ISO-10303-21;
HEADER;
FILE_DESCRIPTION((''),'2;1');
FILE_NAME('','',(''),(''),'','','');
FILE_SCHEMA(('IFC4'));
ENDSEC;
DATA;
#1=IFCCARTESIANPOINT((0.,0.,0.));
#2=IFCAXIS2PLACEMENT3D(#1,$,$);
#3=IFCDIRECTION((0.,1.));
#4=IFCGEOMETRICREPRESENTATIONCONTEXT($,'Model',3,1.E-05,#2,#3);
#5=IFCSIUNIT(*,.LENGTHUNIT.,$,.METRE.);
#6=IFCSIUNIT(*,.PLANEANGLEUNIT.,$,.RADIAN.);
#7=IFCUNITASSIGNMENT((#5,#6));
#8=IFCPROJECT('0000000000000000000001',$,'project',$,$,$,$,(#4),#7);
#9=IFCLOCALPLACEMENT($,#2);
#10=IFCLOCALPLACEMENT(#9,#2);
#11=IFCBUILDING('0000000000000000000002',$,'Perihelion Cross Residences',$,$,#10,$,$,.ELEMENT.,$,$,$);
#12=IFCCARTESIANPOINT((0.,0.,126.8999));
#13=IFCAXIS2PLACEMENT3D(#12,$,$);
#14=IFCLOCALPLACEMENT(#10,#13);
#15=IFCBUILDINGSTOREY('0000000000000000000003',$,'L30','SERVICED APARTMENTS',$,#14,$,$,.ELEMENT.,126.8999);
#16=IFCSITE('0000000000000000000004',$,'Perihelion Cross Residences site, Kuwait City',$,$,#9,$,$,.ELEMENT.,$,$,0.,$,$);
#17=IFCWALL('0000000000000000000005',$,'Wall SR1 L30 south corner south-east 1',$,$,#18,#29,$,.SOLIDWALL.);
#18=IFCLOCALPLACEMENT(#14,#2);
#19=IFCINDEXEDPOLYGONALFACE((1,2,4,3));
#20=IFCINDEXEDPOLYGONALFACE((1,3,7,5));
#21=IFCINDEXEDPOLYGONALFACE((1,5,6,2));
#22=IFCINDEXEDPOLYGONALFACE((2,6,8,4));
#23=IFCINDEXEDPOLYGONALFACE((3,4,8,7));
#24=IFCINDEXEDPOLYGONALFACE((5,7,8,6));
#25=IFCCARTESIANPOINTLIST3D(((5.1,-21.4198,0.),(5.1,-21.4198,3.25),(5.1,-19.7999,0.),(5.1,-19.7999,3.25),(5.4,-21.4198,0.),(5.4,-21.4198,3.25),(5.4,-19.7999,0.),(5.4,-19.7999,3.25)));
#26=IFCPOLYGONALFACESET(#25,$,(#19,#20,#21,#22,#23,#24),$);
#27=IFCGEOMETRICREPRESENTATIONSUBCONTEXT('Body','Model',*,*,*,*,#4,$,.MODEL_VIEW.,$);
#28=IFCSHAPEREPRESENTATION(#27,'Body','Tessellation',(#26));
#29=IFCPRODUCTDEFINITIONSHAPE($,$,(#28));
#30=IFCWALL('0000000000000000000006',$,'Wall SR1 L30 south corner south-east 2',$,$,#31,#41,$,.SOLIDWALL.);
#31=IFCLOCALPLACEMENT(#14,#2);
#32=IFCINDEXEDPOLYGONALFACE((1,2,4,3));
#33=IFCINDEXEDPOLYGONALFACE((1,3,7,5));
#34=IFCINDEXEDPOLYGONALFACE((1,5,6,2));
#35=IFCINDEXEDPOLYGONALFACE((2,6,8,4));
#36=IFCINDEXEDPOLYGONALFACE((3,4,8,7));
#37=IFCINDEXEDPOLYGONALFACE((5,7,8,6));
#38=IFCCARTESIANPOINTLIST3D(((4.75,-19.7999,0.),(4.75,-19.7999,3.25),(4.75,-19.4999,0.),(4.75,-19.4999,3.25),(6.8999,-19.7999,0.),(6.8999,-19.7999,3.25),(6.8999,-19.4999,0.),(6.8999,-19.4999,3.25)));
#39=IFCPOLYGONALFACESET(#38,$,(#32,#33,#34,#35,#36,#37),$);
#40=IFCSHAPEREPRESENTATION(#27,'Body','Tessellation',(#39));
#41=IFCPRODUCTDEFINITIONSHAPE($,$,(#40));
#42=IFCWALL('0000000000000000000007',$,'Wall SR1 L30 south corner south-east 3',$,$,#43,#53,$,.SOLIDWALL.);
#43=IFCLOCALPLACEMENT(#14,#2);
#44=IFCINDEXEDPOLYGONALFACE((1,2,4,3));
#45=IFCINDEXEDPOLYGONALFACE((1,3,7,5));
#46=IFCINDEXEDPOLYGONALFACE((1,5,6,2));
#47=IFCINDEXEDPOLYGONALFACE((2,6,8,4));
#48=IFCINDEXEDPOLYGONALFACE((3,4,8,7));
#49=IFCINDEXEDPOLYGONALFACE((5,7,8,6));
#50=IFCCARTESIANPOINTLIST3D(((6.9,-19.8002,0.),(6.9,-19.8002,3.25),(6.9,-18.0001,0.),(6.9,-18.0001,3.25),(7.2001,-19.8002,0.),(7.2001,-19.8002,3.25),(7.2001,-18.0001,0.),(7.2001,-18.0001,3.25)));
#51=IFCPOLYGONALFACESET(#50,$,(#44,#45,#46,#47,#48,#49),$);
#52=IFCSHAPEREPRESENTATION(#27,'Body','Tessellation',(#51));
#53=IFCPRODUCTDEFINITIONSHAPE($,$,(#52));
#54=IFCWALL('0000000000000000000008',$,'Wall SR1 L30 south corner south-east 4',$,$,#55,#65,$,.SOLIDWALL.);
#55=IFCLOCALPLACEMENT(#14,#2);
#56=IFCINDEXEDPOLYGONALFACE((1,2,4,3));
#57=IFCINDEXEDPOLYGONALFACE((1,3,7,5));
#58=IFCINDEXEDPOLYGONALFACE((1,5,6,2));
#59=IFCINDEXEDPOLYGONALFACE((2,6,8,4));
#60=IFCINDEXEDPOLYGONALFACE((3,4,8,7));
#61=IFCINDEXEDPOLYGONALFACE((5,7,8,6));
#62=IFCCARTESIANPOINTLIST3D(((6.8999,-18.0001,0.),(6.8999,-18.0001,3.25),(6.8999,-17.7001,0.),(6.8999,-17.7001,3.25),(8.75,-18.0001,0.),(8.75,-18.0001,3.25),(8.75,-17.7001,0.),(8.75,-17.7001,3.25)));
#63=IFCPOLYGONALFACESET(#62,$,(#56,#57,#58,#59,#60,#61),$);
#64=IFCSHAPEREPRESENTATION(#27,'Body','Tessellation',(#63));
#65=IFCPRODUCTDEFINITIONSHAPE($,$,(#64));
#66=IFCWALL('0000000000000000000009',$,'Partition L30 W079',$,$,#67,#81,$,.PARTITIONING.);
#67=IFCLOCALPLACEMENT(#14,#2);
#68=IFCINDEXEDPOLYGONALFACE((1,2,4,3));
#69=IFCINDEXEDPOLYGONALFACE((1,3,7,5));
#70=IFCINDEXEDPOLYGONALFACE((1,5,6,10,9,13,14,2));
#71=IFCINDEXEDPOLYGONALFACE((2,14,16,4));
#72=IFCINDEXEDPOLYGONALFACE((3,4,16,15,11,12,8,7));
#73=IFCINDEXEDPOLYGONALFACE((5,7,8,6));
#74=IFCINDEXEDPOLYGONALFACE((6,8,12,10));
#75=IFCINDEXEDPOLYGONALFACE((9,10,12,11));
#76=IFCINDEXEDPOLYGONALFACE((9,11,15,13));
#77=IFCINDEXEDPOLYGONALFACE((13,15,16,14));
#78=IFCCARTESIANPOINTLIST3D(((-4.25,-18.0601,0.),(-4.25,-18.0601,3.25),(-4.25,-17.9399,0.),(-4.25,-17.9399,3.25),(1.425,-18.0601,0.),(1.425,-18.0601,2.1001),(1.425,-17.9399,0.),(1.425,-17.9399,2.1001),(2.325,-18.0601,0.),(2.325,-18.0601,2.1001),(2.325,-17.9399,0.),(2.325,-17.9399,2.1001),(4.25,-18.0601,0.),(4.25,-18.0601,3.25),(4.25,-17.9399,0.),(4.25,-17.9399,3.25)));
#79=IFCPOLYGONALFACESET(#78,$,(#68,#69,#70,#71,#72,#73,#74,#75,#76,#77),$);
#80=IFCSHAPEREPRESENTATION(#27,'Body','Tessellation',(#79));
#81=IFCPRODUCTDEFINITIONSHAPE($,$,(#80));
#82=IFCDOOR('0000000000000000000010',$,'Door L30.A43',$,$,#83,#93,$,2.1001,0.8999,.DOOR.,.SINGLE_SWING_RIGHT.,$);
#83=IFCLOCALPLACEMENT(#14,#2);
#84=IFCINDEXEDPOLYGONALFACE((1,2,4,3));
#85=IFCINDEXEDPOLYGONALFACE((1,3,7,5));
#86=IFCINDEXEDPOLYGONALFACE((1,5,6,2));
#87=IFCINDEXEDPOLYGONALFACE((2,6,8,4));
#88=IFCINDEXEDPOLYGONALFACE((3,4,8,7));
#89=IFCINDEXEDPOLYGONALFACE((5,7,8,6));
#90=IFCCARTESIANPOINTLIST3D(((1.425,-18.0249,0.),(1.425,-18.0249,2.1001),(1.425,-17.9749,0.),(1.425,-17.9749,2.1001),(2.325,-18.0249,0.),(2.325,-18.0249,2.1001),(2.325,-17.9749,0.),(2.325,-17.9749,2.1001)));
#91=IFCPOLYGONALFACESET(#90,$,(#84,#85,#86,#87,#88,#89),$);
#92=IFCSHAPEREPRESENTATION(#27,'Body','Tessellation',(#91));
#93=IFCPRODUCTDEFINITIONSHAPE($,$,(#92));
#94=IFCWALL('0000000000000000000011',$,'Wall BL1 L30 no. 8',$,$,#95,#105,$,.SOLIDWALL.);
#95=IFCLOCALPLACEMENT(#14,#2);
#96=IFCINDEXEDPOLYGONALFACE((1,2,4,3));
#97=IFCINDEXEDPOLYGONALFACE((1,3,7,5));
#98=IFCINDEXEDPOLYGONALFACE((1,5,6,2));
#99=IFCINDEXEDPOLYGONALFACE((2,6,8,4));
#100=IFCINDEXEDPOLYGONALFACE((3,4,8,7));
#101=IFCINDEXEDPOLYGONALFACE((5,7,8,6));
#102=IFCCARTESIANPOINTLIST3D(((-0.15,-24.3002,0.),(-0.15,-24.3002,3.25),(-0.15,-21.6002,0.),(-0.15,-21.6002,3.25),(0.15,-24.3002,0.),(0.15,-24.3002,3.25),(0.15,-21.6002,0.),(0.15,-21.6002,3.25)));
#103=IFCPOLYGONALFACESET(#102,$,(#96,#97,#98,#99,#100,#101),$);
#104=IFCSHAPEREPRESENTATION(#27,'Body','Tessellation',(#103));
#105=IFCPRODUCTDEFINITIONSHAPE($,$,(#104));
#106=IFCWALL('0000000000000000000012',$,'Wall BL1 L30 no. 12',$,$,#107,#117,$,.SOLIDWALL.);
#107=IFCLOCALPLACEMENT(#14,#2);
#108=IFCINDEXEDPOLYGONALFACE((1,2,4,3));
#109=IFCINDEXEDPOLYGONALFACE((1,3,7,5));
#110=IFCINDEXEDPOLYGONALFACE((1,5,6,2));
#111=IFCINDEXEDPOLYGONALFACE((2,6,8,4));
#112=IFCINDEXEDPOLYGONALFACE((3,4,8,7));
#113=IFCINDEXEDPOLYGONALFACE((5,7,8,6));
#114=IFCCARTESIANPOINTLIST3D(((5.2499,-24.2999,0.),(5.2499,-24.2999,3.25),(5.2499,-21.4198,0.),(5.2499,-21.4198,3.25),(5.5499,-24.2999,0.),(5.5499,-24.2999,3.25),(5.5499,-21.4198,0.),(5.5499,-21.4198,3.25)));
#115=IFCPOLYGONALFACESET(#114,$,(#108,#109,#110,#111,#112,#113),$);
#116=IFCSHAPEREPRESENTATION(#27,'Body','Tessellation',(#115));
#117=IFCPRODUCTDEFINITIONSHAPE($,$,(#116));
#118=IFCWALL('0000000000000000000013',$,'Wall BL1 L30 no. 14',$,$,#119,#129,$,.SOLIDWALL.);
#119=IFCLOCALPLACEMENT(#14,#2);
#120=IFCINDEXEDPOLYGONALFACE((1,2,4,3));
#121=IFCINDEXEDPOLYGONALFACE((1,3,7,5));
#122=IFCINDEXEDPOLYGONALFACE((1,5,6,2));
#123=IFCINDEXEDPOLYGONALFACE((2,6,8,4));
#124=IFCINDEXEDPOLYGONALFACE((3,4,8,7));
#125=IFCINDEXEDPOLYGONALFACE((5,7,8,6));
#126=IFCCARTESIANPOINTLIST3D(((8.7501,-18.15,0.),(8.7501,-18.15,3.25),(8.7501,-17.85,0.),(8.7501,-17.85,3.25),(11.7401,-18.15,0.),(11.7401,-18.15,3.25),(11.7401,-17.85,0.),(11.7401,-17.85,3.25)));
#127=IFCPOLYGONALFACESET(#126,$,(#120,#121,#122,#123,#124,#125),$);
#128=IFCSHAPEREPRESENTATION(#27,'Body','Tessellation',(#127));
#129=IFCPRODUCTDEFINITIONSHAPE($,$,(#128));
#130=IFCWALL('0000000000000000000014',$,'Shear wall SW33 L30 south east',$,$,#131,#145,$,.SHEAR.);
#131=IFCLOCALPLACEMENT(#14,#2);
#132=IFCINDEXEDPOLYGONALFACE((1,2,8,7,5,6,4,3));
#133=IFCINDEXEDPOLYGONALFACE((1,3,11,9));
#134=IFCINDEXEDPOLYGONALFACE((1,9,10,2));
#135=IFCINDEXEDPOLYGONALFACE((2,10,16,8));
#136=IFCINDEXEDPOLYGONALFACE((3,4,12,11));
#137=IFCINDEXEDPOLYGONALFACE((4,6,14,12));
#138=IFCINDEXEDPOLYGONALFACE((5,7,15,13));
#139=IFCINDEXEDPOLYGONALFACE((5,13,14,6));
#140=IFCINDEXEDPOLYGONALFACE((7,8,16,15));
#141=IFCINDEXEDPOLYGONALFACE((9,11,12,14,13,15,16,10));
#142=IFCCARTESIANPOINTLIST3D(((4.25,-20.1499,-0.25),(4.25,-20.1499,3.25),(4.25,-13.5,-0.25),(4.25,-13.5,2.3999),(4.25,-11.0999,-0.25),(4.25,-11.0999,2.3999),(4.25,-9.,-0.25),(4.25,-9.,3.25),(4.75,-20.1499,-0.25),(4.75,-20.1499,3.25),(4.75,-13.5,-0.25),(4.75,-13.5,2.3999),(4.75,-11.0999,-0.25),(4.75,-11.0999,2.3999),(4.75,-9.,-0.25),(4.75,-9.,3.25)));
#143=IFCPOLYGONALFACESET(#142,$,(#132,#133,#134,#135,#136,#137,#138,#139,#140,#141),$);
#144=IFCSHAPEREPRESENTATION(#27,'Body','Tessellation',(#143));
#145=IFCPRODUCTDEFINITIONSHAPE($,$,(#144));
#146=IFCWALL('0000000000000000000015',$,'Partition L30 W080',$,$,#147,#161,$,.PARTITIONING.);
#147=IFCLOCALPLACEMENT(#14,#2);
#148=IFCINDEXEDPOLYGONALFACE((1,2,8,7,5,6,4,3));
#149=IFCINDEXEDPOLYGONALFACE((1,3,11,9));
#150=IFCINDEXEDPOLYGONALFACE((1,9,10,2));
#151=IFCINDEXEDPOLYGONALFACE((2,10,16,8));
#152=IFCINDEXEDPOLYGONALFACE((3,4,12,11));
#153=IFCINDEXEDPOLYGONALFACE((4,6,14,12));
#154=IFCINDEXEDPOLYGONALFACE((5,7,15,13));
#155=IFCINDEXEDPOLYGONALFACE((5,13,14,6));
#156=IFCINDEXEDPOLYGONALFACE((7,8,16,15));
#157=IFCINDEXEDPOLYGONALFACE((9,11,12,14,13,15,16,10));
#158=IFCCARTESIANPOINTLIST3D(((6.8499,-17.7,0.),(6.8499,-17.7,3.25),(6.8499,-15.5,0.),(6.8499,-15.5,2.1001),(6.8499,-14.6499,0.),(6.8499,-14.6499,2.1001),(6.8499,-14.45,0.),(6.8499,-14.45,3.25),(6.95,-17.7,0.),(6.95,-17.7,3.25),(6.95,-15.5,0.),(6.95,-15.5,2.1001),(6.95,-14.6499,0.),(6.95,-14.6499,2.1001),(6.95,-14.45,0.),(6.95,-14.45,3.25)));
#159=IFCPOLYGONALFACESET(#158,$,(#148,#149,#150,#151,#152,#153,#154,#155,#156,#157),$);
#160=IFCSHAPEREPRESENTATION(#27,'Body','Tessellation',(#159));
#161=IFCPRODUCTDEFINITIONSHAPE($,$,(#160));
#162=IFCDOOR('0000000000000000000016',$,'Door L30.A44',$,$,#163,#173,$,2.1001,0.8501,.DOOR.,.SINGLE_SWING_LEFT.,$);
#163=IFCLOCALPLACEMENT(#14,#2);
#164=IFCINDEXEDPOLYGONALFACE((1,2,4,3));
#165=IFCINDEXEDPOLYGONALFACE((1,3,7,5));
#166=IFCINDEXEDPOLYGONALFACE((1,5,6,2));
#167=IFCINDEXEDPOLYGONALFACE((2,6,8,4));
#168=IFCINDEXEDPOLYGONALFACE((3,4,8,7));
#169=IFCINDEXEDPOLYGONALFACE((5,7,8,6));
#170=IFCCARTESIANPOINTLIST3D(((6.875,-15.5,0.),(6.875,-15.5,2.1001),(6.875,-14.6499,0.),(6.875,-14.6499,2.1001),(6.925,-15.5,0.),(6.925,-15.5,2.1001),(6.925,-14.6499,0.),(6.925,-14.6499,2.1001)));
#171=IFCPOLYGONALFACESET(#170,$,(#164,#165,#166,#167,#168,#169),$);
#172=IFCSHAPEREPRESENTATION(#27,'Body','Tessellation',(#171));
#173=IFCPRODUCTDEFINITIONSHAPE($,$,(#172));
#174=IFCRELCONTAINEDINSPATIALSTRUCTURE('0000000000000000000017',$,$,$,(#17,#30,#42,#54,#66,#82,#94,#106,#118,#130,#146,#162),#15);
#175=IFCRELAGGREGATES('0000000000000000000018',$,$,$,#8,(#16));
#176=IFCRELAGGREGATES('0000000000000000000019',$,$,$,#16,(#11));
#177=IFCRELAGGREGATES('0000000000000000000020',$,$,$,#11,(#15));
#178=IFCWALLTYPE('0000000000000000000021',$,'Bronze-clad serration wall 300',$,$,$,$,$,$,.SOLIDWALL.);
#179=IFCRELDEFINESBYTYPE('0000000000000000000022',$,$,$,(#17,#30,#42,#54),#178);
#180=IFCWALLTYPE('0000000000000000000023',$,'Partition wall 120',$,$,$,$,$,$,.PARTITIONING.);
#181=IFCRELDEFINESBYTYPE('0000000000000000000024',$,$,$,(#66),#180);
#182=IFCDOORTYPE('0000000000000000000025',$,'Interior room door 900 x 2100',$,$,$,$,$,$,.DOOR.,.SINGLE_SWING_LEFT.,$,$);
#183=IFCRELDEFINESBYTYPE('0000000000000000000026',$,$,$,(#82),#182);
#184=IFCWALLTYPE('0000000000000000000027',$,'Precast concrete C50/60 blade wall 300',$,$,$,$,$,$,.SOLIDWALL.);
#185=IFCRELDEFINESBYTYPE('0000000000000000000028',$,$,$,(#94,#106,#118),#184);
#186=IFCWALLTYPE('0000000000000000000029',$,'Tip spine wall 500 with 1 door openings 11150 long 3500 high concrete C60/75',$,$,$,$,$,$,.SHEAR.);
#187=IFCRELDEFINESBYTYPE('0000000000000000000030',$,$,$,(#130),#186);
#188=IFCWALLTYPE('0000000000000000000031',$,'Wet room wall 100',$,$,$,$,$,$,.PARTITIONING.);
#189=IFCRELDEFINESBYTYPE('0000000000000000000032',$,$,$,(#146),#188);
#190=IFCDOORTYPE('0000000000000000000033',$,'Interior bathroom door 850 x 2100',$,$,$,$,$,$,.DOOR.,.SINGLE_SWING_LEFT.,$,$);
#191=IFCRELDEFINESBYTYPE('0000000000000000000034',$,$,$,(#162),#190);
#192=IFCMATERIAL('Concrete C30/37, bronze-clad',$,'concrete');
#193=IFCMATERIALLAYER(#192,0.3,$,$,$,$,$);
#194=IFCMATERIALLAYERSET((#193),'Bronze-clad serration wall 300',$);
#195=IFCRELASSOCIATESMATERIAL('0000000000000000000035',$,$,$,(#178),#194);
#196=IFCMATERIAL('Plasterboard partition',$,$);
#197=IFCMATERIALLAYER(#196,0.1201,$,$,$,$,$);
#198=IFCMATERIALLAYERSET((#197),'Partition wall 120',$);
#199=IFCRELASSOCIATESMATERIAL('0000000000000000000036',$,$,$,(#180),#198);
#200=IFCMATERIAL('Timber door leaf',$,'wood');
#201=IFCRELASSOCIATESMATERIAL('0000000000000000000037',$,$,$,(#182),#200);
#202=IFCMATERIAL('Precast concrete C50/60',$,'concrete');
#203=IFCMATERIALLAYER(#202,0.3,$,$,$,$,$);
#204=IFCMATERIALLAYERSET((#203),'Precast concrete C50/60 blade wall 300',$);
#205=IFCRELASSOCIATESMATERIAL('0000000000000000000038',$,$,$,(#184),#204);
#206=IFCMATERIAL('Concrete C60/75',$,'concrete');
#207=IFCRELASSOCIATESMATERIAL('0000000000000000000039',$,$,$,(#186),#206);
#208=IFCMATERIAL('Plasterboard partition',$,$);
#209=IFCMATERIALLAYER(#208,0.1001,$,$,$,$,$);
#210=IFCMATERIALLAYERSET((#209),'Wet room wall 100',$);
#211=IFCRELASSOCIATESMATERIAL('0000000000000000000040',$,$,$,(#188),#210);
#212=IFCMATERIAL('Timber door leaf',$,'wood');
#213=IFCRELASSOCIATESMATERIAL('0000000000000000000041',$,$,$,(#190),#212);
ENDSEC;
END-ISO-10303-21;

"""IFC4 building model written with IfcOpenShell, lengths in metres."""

from ifc_helpers import new_model, si_unit, direction, frame, frame_2d, origin, place, context, subcontext, project, spatial, polyline, rectangle, outline, extrude, material, layer, layer_set, material_profile, profile_set, type_object, element, fill, save


model = new_model("IFC4")

# Units and contexts
model_context = context("Model", 3, precision=1e-05, world=origin(), true_north=direction((0.0, 1.0)))
body_context = subcontext(model_context, "Body", "Model", "MODEL_VIEW")
ifc_project = project(units=[si_unit("LENGTHUNIT", "METRE"), si_unit("PLANEANGLEUNIT", "RADIAN")], contexts=[model_context])

# Site, building, storey
site_placement = place(None, origin())
site = spatial("IfcSite", under=ifc_project, at=site_placement, Name="Perihelion Cross Residences site, Kuwait City", CompositionType="ELEMENT", RefElevation=0.0)
building_placement = place(site_placement, origin())
building = spatial("IfcBuilding", under=site, at=building_placement, Name="Perihelion Cross Residences", CompositionType="ELEMENT")
storey_placement = place(building_placement, frame((0.0, 0.0, 126.8999)))
storey = spatial("IfcBuildingStorey", under=building, at=storey_placement, Name="L30", Description="SERVICED APARTMENTS", CompositionType="ELEMENT", Elevation=126.8999)

# Walls
ifc_material_1 = material(Name="Concrete C30/37, bronze-clad", Category="concrete")
ifc_layer_1 = layer(ifc_material_1, 0.3)
ifc_layer_set_1 = layer_set([ifc_layer_1], Name="Bronze-clad serration wall 300")
wall_type_1 = type_object("IfcWallType", Name="Bronze-clad serration wall 300", PredefinedType="SOLIDWALL", material=ifc_layer_set_1)
wall_1_placement = place(storey_placement, frame((5.25, -21.4199, 0.0), z_axis=(0.0, 0.0, 1.0), x_axis=(0.0, 1.0, 0.0)))
element("IfcWall", 1, at=wall_1_placement, inside=storey, type_object=wall_type_1, Name="Wall SR1 L30 south corner south-east 1", PredefinedType="SOLIDWALL", context=body_context, shape_type="SweptSolid", body=[
    extrude(rectangle(XDim=1.6199, YDim=0.3, at=frame_2d((0.8101, 0.0))), origin(), (0.0, 0.0, 1.0), 3.25),
])
wall_2_placement = place(storey_placement, frame((4.75, -19.6499, 0.0), z_axis=(0.0, 0.0, 1.0), x_axis=(1.0, 0.0, 0.0)))
element("IfcWall", 2, at=wall_2_placement, inside=storey, type_object=wall_type_1, Name="Wall SR1 L30 south corner south-east 2", PredefinedType="SOLIDWALL", context=body_context, shape_type="SweptSolid", body=[
    extrude(rectangle(XDim=2.1499, YDim=0.3, at=frame_2d((1.075, 0.0))), origin(), (0.0, 0.0, 1.0), 3.25),
])
wall_3_placement = place(storey_placement, frame((7.05, -19.8, 0.0), z_axis=(0.0, 0.0, 1.0), x_axis=(0.0, 1.0, 0.0)))
element("IfcWall", 3, at=wall_3_placement, inside=storey, type_object=wall_type_1, Name="Wall SR1 L30 south corner south-east 3", PredefinedType="SOLIDWALL", context=body_context, shape_type="SweptSolid", body=[
    extrude(rectangle(XDim=1.8, YDim=0.3, at=frame_2d((0.8999, 0.0))), origin(), (0.0, 0.0, 1.0), 3.25),
])
wall_4_placement = place(storey_placement, frame((6.8999, -17.8501, 0.0), z_axis=(0.0, 0.0, 1.0), x_axis=(1.0, 0.0, 0.0)))
element("IfcWall", 4, at=wall_4_placement, inside=storey, type_object=wall_type_1, Name="Wall SR1 L30 south corner south-east 4", PredefinedType="SOLIDWALL", context=body_context, shape_type="SweptSolid", body=[
    extrude(rectangle(XDim=1.8501, YDim=0.3, at=frame_2d((0.925, 0.0))), origin(), (0.0, 0.0, 1.0), 3.25),
])

# Wall, opening, door
ifc_material_2 = material(Name="Plasterboard partition")
ifc_layer_2 = layer(ifc_material_2, 0.1201)
ifc_layer_set_2 = layer_set([ifc_layer_2], Name="Partition wall 120")
wall_type_2 = type_object("IfcWallType", Name="Partition wall 120", PredefinedType="PARTITIONING", material=ifc_layer_set_2)
wall_5_placement = place(storey_placement, frame((4.25, -18.0, 0.0), z_axis=(0.0, 0.0, 1.0), x_axis=(-1.0, 0.0, 0.0)))
wall_5 = element("IfcWall", 5, at=wall_5_placement, inside=storey, type_object=wall_type_2, Name="Partition L30 W079", PredefinedType="PARTITIONING", context=body_context, shape_type="SweptSolid", body=[
    extrude(rectangle(XDim=8.5, YDim=0.1201, at=frame_2d((4.25, 0.0))), origin(), (0.0, 0.0, 1.0), 3.25),
])
opening_1_placement = place(wall_5_placement, frame((1.925, 0.0, 0.0)))
opening_1 = element("IfcOpeningElement", 6, at=opening_1_placement, cuts=wall_5, PredefinedType="OPENING", context=body_context, shape_type="SweptSolid", body=[
    extrude(rectangle(XDim=0.8999, YDim=2.1001, at=frame_2d((0.45, 1.05))), frame((0.0, 0.0701, 0.0), z_axis=(0.0, -1.0, 0.0), x_axis=(1.0, 0.0, 0.0)), (0.0, 0.0, 1.0), 0.1401),
])
ifc_material_3 = material(Name="Timber door leaf", Category="wood")
door_type_1 = type_object("IfcDoorType", Name="Interior room door 900 x 2100", OperationType="SINGLE_SWING_LEFT", PredefinedType="DOOR", material=ifc_material_3)
door_1_placement = place(opening_1_placement, origin())
door_1 = element("IfcDoor", 7, at=door_1_placement, inside=storey, type_object=door_type_1, Name="Door L30.A43", OperationType="SINGLE_SWING_RIGHT", OverallHeight=2.1001, OverallWidth=0.8999, PredefinedType="DOOR", context=body_context, shape_type="SweptSolid", body=[
    extrude(rectangle(XDim=0.8999, YDim=2.1001, at=frame_2d((0.45, 1.05))), frame((0.0, 0.0249, 0.0), z_axis=(0.0, -1.0, 0.0), x_axis=(1.0, 0.0, 0.0)), (0.0, 0.0, 1.0), 0.05),
])
fill(opening_1, door_1)

# Walls
ifc_material_4 = material(Name="Precast concrete C50/60", Category="concrete")
ifc_layer_3 = layer(ifc_material_4, 0.3)
ifc_layer_set_3 = layer_set([ifc_layer_3], Name="Precast concrete C50/60 blade wall 300")
wall_type_3 = type_object("IfcWallType", Name="Precast concrete C50/60 blade wall 300", PredefinedType="SOLIDWALL", material=ifc_layer_set_3)
wall_6_placement = place(storey_placement, frame((0.0, -21.6001, 0.0), z_axis=(0.0, 0.0, 1.0), x_axis=(0.0, -1.0, 0.0)))
element("IfcWall", 8, at=wall_6_placement, inside=storey, type_object=wall_type_3, Name="Wall BL1 L30 no. 8", PredefinedType="SOLIDWALL", context=body_context, shape_type="SweptSolid", body=[
    extrude(rectangle(XDim=2.7, YDim=0.3, at=frame_2d((1.3501, 0.0))), origin(), (0.0, 0.0, 1.0), 3.25),
])
wall_7_placement = place(storey_placement, frame((5.3999, -21.4199, 0.0), z_axis=(0.0, 0.0, 1.0), x_axis=(0.0, -1.0, 0.0)))
element("IfcWall", 9, at=wall_7_placement, inside=storey, type_object=wall_type_3, Name="Wall BL1 L30 no. 12", PredefinedType="SOLIDWALL", context=body_context, shape_type="SweptSolid", body=[
    extrude(rectangle(XDim=2.8801, YDim=0.3, at=frame_2d((1.4399, 0.0))), origin(), (0.0, 0.0, 1.0), 3.25),
])
wall_8_placement = place(storey_placement, frame((8.75, -18.0, 0.0), z_axis=(0.0, 0.0, 1.0), x_axis=(1.0, 0.0, 0.0)))
element("IfcWall", 10, at=wall_8_placement, inside=storey, type_object=wall_type_3, Name="Wall BL1 L30 no. 14", PredefinedType="SOLIDWALL", context=body_context, shape_type="SweptSolid", body=[
    extrude(rectangle(XDim=2.99, YDim=0.3, at=frame_2d((1.4951, 0.0))), origin(), (0.0, 0.0, 1.0), 3.25),
])
ifc_material_5 = material(Name="Concrete C60/75", Category="concrete")
ifc_material_profile_1 = material_profile(ifc_material_5, outline(polyline([(0.0, 0.0), (6.6499, 0.0), (6.6499, 2.6499), (9.05, 2.6499), (9.05, 0.0), (11.1499, 0.0), (11.1499, 3.5), (0.0, 3.5), (0.0, 0.0)])), Name="Tip spine wall")
ifc_profile_set_1 = profile_set([ifc_material_profile_1], Name="Concrete C60/75")
wall_type_4 = type_object("IfcWallType", Name="Tip spine wall 500 with 1 door openings 11150 long 3500 high concrete C60/75", PredefinedType="SHEAR", material=ifc_profile_set_1)
wall_9_placement = place(storey_placement, frame((4.25, -20.1499, -0.25), z_axis=(1.0, 0.0, 0.0), x_axis=(0.0, 1.0, 0.0)))
element("IfcWall", 11, at=wall_9_placement, inside=storey, type_object=wall_type_4, Name="Shear wall SW33 L30 south east", PredefinedType="SHEAR", context=body_context, shape_type="SweptSolid", body=[
    extrude(outline(polyline([(0.0, 0.0), (6.6499, 0.0), (6.6499, 2.6499), (9.05, 2.6499), (9.05, 0.0), (11.1499, 0.0), (11.1499, 3.5), (0.0, 3.5), (0.0, 0.0)])), origin(), (0.0, 0.0, 1.0), 0.5),
])

# Wall, opening, door
ifc_material_6 = material(Name="Plasterboard partition")
ifc_layer_4 = layer(ifc_material_6, 0.1001)
ifc_layer_set_4 = layer_set([ifc_layer_4], Name="Wet room wall 100")
wall_type_5 = type_object("IfcWallType", Name="Wet room wall 100", PredefinedType="PARTITIONING", material=ifc_layer_set_4)
wall_10_placement = place(storey_placement, frame((6.8999, -17.7, 0.0), z_axis=(0.0, 0.0, 1.0), x_axis=(0.0, 1.0, 0.0)))
wall_10 = element("IfcWall", 12, at=wall_10_placement, inside=storey, type_object=wall_type_5, Name="Partition L30 W080", PredefinedType="PARTITIONING", context=body_context, shape_type="SweptSolid", body=[
    extrude(rectangle(XDim=3.25, YDim=0.1001, at=frame_2d((1.625, 0.0))), origin(), (0.0, 0.0, 1.0), 3.25),
])
opening_2_placement = place(wall_10_placement, frame((2.2, 0.0, 0.0)))
opening_2 = element("IfcOpeningElement", 13, at=opening_2_placement, cuts=wall_10, PredefinedType="OPENING", context=body_context, shape_type="SweptSolid", body=[
    extrude(rectangle(XDim=0.8501, YDim=2.1001, at=frame_2d((0.425, 1.05))), frame((0.0, 0.0601, 0.0), z_axis=(0.0, -1.0, 0.0), x_axis=(1.0, 0.0, 0.0)), (0.0, 0.0, 1.0), 0.1201),
])
ifc_material_7 = material(Name="Timber door leaf", Category="wood")
door_type_2 = type_object("IfcDoorType", Name="Interior bathroom door 850 x 2100", OperationType="SINGLE_SWING_LEFT", PredefinedType="DOOR", material=ifc_material_7)
door_2_placement = place(opening_2_placement, origin())
door_2 = element("IfcDoor", 14, at=door_2_placement, inside=storey, type_object=door_type_2, Name="Door L30.A44", OperationType="SINGLE_SWING_LEFT", OverallHeight=2.1001, OverallWidth=0.8501, PredefinedType="DOOR", context=body_context, shape_type="SweptSolid", body=[
    extrude(rectangle(XDim=0.8501, YDim=2.1001, at=frame_2d((0.425, 1.05))), frame((0.0, 0.0249, 0.0), z_axis=(0.0, -1.0, 0.0), x_axis=(1.0, 0.0, 0.0)), (0.0, 0.0, 1.0), 0.05),
])
fill(opening_2, door_2)

save(model, "model.ifc")
